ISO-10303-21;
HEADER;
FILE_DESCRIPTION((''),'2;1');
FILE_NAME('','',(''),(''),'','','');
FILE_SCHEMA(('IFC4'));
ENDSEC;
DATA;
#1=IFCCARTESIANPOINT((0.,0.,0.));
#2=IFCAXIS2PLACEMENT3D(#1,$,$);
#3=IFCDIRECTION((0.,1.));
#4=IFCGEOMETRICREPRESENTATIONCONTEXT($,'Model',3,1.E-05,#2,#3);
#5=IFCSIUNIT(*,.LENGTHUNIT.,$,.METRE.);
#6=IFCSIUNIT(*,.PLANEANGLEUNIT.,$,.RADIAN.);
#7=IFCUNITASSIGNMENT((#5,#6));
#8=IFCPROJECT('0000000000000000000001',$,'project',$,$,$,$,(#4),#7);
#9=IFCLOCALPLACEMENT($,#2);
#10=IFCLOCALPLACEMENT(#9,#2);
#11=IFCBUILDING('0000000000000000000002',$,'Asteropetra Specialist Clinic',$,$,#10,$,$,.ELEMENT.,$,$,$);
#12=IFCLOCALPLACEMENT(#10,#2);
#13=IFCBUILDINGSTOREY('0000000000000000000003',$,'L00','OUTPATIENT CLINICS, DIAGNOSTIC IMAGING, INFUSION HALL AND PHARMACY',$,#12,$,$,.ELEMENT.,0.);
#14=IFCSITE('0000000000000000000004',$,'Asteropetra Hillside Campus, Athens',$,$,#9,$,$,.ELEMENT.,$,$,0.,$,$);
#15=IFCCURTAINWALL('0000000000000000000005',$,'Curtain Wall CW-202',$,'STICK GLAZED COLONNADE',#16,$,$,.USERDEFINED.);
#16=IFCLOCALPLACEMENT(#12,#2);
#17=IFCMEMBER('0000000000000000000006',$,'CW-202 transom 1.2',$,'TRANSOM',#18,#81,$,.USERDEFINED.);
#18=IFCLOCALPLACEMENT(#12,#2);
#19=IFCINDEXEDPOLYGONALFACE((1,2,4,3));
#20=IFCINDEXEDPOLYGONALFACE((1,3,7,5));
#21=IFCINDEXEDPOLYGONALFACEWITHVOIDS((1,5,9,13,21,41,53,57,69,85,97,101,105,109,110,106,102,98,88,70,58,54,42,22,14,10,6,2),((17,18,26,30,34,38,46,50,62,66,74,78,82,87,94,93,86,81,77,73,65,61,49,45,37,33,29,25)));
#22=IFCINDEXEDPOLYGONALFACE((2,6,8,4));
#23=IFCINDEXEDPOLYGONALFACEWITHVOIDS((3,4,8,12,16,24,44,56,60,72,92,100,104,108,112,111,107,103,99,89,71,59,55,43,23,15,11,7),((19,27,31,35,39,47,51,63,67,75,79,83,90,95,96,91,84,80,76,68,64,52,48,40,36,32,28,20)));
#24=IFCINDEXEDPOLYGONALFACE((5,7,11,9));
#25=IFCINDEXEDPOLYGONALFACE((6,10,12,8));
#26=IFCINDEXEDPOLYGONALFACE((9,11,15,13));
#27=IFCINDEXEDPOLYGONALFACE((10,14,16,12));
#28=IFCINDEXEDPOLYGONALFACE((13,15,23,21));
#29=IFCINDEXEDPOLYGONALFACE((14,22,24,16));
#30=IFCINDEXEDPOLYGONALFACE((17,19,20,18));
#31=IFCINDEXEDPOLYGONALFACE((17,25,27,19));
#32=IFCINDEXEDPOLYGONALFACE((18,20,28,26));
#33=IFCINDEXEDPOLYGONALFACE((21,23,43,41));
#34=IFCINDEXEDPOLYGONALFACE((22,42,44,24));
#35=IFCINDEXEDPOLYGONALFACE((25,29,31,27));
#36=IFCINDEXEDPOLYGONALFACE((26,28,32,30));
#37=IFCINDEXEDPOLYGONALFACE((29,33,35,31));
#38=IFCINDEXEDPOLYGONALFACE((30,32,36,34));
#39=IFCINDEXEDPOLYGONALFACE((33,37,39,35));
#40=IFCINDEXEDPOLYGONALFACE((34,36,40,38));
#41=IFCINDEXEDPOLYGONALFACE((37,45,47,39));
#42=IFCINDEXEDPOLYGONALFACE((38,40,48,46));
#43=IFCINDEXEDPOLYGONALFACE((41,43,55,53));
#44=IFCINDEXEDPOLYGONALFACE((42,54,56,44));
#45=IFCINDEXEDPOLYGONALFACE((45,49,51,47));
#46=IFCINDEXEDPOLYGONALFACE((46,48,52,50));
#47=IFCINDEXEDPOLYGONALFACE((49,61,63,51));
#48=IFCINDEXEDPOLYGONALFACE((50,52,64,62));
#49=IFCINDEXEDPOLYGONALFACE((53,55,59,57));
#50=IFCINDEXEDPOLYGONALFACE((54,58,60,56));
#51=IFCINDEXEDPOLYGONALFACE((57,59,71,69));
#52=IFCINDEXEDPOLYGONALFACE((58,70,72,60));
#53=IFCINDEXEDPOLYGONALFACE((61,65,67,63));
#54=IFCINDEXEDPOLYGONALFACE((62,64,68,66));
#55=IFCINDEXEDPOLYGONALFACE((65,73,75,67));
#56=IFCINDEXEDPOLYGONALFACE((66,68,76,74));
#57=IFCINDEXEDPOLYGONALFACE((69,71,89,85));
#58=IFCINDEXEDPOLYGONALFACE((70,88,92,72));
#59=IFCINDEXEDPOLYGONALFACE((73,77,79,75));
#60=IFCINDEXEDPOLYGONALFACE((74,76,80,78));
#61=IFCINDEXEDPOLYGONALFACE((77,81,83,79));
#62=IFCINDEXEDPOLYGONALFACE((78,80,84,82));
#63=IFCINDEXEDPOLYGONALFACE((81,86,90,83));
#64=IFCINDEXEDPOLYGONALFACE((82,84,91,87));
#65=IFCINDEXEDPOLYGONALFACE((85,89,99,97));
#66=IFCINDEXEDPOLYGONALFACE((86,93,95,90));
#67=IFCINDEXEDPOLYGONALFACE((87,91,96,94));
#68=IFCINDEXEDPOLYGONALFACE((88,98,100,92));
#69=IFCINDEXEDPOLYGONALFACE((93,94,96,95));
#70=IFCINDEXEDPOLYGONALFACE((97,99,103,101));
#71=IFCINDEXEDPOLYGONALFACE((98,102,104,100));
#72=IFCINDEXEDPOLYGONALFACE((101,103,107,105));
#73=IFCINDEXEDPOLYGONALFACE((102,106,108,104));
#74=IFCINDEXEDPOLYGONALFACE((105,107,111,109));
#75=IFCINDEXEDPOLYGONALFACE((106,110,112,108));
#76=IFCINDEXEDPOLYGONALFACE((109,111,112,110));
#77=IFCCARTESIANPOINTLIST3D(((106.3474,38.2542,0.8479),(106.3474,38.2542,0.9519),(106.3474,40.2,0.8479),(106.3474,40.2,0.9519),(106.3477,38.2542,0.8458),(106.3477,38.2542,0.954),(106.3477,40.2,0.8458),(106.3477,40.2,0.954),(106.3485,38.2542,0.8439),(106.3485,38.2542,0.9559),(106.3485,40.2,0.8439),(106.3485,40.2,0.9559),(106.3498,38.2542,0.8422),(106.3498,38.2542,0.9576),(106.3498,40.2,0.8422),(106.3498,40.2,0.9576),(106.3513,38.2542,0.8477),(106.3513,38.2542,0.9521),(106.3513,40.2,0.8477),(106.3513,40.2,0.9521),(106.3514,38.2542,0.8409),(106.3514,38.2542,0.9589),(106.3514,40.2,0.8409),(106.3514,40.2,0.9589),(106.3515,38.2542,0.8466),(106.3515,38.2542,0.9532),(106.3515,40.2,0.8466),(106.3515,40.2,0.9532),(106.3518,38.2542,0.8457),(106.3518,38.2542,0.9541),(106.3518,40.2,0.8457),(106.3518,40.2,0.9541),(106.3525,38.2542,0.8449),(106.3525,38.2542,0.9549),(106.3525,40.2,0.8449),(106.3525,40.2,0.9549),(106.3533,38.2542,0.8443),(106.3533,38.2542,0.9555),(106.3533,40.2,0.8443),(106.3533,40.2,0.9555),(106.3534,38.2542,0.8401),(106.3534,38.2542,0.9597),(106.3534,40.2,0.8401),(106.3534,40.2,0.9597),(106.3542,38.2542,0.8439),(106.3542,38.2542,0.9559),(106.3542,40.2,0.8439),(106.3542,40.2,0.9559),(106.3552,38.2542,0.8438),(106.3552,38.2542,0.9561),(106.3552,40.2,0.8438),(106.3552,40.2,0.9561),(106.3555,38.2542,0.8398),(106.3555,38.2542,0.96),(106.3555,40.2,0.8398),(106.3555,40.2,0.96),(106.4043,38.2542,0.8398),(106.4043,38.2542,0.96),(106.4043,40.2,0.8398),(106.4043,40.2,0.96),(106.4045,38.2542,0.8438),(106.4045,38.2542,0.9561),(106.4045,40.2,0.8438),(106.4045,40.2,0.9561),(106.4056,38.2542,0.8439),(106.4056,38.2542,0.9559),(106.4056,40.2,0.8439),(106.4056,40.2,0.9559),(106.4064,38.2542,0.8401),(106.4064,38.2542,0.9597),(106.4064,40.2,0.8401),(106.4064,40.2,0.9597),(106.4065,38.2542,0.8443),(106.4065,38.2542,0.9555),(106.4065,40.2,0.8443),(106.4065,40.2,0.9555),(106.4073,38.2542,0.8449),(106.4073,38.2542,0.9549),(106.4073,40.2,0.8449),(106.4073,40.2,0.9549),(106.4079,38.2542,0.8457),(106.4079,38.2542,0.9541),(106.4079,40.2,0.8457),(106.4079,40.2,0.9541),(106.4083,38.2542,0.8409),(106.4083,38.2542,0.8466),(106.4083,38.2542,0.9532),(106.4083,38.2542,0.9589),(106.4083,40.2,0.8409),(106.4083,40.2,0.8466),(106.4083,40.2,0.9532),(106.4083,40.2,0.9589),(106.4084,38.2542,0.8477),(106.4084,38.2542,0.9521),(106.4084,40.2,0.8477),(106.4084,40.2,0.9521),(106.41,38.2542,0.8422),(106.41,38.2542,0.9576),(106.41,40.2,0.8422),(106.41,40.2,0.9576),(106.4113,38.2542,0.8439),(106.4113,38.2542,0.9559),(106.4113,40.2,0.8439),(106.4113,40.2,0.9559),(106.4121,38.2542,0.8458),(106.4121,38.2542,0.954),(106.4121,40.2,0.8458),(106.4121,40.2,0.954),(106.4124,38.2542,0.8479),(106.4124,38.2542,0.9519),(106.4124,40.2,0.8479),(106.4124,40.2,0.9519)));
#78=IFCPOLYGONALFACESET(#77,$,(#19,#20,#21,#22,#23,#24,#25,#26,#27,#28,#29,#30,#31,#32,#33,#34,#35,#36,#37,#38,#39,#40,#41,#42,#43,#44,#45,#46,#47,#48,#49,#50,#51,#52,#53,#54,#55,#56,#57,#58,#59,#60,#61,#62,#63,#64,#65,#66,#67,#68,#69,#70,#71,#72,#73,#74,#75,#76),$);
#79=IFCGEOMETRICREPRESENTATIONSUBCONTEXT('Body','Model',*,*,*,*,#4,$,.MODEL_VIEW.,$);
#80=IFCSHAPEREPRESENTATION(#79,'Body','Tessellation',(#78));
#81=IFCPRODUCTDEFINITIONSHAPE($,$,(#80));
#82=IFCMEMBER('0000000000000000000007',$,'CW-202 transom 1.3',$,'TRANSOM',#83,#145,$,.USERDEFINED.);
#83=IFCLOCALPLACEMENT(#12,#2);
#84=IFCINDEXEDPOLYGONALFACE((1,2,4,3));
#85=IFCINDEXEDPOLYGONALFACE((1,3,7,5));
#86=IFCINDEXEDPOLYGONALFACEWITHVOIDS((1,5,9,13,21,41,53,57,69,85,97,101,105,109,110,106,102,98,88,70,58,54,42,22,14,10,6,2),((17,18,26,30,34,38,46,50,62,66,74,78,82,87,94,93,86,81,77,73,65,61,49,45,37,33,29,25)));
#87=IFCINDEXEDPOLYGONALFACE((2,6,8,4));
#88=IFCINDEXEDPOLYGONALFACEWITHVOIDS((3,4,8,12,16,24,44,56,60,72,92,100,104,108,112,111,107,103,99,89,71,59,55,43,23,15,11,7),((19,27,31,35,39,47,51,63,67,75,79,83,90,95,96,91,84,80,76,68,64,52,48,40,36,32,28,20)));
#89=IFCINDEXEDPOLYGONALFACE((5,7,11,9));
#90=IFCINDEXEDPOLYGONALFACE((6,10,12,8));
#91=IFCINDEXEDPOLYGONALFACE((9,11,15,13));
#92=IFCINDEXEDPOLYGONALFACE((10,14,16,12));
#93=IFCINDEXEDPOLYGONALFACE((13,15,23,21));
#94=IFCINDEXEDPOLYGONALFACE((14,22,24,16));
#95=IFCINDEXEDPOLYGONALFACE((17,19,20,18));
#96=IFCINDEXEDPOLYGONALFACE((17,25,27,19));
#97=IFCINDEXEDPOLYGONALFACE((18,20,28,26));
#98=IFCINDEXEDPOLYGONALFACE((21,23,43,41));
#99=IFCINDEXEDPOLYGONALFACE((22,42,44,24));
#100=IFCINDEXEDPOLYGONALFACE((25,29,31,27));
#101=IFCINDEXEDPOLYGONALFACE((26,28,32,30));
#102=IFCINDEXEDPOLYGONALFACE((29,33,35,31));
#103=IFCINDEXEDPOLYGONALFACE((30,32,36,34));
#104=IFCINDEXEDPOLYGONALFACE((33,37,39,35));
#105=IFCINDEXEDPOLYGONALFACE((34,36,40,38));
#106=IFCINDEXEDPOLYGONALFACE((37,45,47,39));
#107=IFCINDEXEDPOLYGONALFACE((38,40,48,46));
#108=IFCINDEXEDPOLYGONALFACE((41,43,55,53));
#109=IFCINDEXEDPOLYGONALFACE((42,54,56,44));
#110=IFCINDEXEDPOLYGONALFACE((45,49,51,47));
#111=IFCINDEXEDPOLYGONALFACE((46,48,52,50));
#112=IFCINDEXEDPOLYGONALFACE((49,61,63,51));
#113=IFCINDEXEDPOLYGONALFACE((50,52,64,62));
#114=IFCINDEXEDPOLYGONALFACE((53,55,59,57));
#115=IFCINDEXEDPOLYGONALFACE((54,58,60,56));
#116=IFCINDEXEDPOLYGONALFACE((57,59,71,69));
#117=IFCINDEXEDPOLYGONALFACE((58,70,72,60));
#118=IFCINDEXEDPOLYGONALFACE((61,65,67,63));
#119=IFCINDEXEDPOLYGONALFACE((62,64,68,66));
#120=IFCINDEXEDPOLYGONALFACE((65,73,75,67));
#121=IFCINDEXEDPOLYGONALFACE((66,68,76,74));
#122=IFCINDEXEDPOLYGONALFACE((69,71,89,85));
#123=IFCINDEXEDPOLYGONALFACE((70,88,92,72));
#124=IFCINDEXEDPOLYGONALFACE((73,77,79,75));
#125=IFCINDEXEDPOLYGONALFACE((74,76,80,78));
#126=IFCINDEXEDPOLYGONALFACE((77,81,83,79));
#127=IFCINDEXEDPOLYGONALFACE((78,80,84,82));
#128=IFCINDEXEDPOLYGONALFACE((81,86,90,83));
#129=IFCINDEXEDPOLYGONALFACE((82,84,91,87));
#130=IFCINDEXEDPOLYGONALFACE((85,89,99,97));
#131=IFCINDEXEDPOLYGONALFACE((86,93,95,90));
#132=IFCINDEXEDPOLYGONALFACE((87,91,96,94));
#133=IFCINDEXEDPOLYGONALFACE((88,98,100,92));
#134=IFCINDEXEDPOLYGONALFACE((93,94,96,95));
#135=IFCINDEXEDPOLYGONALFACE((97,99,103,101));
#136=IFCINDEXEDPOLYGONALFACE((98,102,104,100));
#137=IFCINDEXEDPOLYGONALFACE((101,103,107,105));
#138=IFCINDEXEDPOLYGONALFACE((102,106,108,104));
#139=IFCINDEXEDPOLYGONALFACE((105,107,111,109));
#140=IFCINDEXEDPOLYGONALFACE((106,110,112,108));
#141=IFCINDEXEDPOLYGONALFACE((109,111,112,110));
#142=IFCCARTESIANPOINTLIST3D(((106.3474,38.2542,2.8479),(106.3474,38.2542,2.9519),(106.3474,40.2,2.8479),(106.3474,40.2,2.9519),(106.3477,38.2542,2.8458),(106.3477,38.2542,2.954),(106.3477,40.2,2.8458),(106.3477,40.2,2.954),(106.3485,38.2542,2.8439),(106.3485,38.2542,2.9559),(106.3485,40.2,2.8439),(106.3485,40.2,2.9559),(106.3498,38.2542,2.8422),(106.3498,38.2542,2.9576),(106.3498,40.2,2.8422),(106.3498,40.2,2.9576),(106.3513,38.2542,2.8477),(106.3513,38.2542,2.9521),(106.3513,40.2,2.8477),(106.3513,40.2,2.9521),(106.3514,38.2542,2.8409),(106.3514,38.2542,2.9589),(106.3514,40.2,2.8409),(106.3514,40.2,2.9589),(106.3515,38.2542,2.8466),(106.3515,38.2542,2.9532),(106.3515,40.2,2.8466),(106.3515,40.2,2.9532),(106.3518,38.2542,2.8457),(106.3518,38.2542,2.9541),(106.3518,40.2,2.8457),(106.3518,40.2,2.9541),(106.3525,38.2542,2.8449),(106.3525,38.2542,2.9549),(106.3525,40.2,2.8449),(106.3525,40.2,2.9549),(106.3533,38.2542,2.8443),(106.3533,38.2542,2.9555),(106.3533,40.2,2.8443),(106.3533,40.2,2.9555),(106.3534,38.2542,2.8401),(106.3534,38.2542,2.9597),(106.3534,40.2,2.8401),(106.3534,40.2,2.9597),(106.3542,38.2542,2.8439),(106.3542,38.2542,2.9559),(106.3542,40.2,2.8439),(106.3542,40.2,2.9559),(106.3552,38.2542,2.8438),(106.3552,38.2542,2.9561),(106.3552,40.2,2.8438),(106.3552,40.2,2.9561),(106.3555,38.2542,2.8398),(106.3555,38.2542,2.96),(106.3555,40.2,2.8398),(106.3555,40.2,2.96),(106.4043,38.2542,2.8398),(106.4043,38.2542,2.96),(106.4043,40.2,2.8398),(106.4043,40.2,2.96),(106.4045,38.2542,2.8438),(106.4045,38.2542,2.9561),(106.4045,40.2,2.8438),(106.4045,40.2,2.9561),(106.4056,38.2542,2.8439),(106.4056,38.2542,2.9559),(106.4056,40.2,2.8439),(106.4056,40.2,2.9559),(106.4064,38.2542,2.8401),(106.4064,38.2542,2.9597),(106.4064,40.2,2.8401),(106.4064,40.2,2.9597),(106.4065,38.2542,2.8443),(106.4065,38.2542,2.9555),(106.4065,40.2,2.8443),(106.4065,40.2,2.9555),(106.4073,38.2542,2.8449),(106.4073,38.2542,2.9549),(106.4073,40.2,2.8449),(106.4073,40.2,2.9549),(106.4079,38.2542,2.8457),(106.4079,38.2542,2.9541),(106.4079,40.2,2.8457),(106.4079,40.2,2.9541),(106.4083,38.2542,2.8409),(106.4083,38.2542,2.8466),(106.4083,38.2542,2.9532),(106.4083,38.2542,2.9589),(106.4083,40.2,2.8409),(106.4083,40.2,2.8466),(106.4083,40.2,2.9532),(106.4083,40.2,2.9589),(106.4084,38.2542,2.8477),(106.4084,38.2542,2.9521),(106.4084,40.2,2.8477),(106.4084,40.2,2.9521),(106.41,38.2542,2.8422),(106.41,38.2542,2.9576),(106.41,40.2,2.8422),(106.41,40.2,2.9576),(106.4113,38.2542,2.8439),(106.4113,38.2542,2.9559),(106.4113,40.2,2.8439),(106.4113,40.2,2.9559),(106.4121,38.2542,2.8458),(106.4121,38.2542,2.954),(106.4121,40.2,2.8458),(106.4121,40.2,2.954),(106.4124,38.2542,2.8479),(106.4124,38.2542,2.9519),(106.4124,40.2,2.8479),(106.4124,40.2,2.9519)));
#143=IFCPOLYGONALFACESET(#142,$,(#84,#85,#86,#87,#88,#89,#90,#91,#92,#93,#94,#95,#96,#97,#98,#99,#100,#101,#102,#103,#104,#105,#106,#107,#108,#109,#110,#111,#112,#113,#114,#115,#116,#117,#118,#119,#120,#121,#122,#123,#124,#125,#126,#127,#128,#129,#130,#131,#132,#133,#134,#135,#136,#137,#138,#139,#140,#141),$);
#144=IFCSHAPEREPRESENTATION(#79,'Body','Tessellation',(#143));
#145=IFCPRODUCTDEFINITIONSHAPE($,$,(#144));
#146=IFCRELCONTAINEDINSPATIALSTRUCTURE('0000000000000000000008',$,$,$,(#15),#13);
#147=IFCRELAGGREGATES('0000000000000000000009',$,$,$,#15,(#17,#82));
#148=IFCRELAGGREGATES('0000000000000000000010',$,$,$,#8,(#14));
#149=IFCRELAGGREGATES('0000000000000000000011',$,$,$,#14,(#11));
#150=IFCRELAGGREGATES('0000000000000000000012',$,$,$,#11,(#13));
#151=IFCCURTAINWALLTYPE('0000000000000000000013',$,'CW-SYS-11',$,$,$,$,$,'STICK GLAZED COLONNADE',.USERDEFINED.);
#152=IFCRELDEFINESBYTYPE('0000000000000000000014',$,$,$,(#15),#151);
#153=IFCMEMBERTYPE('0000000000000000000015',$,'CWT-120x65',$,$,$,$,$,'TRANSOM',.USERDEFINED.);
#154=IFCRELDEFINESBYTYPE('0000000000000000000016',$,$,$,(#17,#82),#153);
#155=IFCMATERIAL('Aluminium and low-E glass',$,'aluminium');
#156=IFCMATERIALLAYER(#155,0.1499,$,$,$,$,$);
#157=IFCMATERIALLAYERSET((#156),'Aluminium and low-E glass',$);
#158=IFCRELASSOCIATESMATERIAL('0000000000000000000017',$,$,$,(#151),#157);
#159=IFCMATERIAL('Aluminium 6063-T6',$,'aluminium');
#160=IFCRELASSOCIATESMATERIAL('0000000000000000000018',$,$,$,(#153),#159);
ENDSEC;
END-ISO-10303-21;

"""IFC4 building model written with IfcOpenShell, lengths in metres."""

from ifc_helpers import new_model, si_unit, direction, frame, origin, origin_2d, place, context, subcontext, project, spatial, hollow_rectangle, extrude, material, layer, layer_set, material_profile, profile_set, type_object, element, aggregate, save


model = new_model("IFC4")

# Units and contexts
model_context = context("Model", 3, precision=1e-05, world=origin(), true_north=direction((0.0, 1.0)))
body_context = subcontext(model_context, "Body", "Model", "MODEL_VIEW")
ifc_project = project(units=[si_unit("LENGTHUNIT", "METRE"), si_unit("PLANEANGLEUNIT", "RADIAN")], contexts=[model_context])

# Site, building, storey
site_placement = place(None, origin())
site = spatial("IfcSite", under=ifc_project, at=site_placement, Name="Asteropetra Hillside Campus, Athens", CompositionType="ELEMENT", RefElevation=0.0)
building_placement = place(site_placement, origin())
building = spatial("IfcBuilding", under=site, at=building_placement, Name="Asteropetra Specialist Clinic", CompositionType="ELEMENT")
storey_placement = place(building_placement, origin())
storey = spatial("IfcBuildingStorey", under=building, at=storey_placement, Name="L00", Description="OUTPATIENT CLINICS, DIAGNOSTIC IMAGING, INFUSION HALL AND PHARMACY", CompositionType="ELEMENT", Elevation=0.0)

# Curtain wall
ifc_material_1 = material(Name="Aluminium and low-E glass", Category="aluminium")
ifc_layer_1 = layer(ifc_material_1, 0.1499)
ifc_layer_set_1 = layer_set([ifc_layer_1], Name="Aluminium and low-E glass")
curtain_wall_type_1 = type_object("IfcCurtainWallType", Name="CW-SYS-11", ElementType="STICK GLAZED COLONNADE", PredefinedType="USERDEFINED", material=ifc_layer_set_1)
curtain_wall_1_placement = place(storey_placement, origin())
curtain_wall_1 = element("IfcCurtainWall", 1, at=curtain_wall_1_placement, inside=storey, type_object=curtain_wall_type_1, Name="Curtain Wall CW-202", ObjectType="STICK GLAZED COLONNADE", PredefinedType="USERDEFINED")

# Members
ifc_material_2 = material(Name="Aluminium 6063-T6", Category="aluminium")
ifc_material_profile_1 = material_profile(ifc_material_2, hollow_rectangle(XDim=0.0649, YDim=0.1201, WallThickness=0.0039, InnerFilletRadius=0.0039, OuterFilletRadius=0.0081, at=origin_2d()), Name="TRN 120x65x4.0")
ifc_profile_set_1 = profile_set([ifc_material_profile_1], Name="Aluminium 6063-T6")
member_type_1 = type_object("IfcMemberType", Name="CWT-120x65", ElementType="TRANSOM", PredefinedType="USERDEFINED", material=ifc_profile_set_1)
member_1_placement = place(storey_placement, frame((106.3799, 40.2, 0.8999), z_axis=(0.0, -1.0, 0.0), x_axis=(1.0, 0.0, 0.0)))
member_1 = element("IfcMember", 2, at=member_1_placement, type_object=member_type_1, Name="CW-202 transom 1.2", ObjectType="TRANSOM", PredefinedType="USERDEFINED", context=body_context, shape_type="SweptSolid", body=[
    extrude(hollow_rectangle(XDim=0.0649, YDim=0.1201, WallThickness=0.0039, InnerFilletRadius=0.0039, OuterFilletRadius=0.0081, at=origin_2d()), origin(), (0.0, 0.0, 1.0), 1.9458),
])
member_2_placement = place(storey_placement, frame((106.3799, 40.2, 2.8999), z_axis=(0.0, -1.0, 0.0), x_axis=(1.0, 0.0, 0.0)))
member_2 = element("IfcMember", 3, at=member_2_placement, type_object=member_type_1, Name="CW-202 transom 1.3", ObjectType="TRANSOM", PredefinedType="USERDEFINED", context=body_context, shape_type="SweptSolid", body=[
    extrude(hollow_rectangle(XDim=0.0649, YDim=0.1201, WallThickness=0.0039, InnerFilletRadius=0.0039, OuterFilletRadius=0.0081, at=origin_2d()), origin(), (0.0, 0.0, 1.0), 1.9458),
])

aggregate(curtain_wall_1, [member_1, member_2])

save(model, "model.ifc")
